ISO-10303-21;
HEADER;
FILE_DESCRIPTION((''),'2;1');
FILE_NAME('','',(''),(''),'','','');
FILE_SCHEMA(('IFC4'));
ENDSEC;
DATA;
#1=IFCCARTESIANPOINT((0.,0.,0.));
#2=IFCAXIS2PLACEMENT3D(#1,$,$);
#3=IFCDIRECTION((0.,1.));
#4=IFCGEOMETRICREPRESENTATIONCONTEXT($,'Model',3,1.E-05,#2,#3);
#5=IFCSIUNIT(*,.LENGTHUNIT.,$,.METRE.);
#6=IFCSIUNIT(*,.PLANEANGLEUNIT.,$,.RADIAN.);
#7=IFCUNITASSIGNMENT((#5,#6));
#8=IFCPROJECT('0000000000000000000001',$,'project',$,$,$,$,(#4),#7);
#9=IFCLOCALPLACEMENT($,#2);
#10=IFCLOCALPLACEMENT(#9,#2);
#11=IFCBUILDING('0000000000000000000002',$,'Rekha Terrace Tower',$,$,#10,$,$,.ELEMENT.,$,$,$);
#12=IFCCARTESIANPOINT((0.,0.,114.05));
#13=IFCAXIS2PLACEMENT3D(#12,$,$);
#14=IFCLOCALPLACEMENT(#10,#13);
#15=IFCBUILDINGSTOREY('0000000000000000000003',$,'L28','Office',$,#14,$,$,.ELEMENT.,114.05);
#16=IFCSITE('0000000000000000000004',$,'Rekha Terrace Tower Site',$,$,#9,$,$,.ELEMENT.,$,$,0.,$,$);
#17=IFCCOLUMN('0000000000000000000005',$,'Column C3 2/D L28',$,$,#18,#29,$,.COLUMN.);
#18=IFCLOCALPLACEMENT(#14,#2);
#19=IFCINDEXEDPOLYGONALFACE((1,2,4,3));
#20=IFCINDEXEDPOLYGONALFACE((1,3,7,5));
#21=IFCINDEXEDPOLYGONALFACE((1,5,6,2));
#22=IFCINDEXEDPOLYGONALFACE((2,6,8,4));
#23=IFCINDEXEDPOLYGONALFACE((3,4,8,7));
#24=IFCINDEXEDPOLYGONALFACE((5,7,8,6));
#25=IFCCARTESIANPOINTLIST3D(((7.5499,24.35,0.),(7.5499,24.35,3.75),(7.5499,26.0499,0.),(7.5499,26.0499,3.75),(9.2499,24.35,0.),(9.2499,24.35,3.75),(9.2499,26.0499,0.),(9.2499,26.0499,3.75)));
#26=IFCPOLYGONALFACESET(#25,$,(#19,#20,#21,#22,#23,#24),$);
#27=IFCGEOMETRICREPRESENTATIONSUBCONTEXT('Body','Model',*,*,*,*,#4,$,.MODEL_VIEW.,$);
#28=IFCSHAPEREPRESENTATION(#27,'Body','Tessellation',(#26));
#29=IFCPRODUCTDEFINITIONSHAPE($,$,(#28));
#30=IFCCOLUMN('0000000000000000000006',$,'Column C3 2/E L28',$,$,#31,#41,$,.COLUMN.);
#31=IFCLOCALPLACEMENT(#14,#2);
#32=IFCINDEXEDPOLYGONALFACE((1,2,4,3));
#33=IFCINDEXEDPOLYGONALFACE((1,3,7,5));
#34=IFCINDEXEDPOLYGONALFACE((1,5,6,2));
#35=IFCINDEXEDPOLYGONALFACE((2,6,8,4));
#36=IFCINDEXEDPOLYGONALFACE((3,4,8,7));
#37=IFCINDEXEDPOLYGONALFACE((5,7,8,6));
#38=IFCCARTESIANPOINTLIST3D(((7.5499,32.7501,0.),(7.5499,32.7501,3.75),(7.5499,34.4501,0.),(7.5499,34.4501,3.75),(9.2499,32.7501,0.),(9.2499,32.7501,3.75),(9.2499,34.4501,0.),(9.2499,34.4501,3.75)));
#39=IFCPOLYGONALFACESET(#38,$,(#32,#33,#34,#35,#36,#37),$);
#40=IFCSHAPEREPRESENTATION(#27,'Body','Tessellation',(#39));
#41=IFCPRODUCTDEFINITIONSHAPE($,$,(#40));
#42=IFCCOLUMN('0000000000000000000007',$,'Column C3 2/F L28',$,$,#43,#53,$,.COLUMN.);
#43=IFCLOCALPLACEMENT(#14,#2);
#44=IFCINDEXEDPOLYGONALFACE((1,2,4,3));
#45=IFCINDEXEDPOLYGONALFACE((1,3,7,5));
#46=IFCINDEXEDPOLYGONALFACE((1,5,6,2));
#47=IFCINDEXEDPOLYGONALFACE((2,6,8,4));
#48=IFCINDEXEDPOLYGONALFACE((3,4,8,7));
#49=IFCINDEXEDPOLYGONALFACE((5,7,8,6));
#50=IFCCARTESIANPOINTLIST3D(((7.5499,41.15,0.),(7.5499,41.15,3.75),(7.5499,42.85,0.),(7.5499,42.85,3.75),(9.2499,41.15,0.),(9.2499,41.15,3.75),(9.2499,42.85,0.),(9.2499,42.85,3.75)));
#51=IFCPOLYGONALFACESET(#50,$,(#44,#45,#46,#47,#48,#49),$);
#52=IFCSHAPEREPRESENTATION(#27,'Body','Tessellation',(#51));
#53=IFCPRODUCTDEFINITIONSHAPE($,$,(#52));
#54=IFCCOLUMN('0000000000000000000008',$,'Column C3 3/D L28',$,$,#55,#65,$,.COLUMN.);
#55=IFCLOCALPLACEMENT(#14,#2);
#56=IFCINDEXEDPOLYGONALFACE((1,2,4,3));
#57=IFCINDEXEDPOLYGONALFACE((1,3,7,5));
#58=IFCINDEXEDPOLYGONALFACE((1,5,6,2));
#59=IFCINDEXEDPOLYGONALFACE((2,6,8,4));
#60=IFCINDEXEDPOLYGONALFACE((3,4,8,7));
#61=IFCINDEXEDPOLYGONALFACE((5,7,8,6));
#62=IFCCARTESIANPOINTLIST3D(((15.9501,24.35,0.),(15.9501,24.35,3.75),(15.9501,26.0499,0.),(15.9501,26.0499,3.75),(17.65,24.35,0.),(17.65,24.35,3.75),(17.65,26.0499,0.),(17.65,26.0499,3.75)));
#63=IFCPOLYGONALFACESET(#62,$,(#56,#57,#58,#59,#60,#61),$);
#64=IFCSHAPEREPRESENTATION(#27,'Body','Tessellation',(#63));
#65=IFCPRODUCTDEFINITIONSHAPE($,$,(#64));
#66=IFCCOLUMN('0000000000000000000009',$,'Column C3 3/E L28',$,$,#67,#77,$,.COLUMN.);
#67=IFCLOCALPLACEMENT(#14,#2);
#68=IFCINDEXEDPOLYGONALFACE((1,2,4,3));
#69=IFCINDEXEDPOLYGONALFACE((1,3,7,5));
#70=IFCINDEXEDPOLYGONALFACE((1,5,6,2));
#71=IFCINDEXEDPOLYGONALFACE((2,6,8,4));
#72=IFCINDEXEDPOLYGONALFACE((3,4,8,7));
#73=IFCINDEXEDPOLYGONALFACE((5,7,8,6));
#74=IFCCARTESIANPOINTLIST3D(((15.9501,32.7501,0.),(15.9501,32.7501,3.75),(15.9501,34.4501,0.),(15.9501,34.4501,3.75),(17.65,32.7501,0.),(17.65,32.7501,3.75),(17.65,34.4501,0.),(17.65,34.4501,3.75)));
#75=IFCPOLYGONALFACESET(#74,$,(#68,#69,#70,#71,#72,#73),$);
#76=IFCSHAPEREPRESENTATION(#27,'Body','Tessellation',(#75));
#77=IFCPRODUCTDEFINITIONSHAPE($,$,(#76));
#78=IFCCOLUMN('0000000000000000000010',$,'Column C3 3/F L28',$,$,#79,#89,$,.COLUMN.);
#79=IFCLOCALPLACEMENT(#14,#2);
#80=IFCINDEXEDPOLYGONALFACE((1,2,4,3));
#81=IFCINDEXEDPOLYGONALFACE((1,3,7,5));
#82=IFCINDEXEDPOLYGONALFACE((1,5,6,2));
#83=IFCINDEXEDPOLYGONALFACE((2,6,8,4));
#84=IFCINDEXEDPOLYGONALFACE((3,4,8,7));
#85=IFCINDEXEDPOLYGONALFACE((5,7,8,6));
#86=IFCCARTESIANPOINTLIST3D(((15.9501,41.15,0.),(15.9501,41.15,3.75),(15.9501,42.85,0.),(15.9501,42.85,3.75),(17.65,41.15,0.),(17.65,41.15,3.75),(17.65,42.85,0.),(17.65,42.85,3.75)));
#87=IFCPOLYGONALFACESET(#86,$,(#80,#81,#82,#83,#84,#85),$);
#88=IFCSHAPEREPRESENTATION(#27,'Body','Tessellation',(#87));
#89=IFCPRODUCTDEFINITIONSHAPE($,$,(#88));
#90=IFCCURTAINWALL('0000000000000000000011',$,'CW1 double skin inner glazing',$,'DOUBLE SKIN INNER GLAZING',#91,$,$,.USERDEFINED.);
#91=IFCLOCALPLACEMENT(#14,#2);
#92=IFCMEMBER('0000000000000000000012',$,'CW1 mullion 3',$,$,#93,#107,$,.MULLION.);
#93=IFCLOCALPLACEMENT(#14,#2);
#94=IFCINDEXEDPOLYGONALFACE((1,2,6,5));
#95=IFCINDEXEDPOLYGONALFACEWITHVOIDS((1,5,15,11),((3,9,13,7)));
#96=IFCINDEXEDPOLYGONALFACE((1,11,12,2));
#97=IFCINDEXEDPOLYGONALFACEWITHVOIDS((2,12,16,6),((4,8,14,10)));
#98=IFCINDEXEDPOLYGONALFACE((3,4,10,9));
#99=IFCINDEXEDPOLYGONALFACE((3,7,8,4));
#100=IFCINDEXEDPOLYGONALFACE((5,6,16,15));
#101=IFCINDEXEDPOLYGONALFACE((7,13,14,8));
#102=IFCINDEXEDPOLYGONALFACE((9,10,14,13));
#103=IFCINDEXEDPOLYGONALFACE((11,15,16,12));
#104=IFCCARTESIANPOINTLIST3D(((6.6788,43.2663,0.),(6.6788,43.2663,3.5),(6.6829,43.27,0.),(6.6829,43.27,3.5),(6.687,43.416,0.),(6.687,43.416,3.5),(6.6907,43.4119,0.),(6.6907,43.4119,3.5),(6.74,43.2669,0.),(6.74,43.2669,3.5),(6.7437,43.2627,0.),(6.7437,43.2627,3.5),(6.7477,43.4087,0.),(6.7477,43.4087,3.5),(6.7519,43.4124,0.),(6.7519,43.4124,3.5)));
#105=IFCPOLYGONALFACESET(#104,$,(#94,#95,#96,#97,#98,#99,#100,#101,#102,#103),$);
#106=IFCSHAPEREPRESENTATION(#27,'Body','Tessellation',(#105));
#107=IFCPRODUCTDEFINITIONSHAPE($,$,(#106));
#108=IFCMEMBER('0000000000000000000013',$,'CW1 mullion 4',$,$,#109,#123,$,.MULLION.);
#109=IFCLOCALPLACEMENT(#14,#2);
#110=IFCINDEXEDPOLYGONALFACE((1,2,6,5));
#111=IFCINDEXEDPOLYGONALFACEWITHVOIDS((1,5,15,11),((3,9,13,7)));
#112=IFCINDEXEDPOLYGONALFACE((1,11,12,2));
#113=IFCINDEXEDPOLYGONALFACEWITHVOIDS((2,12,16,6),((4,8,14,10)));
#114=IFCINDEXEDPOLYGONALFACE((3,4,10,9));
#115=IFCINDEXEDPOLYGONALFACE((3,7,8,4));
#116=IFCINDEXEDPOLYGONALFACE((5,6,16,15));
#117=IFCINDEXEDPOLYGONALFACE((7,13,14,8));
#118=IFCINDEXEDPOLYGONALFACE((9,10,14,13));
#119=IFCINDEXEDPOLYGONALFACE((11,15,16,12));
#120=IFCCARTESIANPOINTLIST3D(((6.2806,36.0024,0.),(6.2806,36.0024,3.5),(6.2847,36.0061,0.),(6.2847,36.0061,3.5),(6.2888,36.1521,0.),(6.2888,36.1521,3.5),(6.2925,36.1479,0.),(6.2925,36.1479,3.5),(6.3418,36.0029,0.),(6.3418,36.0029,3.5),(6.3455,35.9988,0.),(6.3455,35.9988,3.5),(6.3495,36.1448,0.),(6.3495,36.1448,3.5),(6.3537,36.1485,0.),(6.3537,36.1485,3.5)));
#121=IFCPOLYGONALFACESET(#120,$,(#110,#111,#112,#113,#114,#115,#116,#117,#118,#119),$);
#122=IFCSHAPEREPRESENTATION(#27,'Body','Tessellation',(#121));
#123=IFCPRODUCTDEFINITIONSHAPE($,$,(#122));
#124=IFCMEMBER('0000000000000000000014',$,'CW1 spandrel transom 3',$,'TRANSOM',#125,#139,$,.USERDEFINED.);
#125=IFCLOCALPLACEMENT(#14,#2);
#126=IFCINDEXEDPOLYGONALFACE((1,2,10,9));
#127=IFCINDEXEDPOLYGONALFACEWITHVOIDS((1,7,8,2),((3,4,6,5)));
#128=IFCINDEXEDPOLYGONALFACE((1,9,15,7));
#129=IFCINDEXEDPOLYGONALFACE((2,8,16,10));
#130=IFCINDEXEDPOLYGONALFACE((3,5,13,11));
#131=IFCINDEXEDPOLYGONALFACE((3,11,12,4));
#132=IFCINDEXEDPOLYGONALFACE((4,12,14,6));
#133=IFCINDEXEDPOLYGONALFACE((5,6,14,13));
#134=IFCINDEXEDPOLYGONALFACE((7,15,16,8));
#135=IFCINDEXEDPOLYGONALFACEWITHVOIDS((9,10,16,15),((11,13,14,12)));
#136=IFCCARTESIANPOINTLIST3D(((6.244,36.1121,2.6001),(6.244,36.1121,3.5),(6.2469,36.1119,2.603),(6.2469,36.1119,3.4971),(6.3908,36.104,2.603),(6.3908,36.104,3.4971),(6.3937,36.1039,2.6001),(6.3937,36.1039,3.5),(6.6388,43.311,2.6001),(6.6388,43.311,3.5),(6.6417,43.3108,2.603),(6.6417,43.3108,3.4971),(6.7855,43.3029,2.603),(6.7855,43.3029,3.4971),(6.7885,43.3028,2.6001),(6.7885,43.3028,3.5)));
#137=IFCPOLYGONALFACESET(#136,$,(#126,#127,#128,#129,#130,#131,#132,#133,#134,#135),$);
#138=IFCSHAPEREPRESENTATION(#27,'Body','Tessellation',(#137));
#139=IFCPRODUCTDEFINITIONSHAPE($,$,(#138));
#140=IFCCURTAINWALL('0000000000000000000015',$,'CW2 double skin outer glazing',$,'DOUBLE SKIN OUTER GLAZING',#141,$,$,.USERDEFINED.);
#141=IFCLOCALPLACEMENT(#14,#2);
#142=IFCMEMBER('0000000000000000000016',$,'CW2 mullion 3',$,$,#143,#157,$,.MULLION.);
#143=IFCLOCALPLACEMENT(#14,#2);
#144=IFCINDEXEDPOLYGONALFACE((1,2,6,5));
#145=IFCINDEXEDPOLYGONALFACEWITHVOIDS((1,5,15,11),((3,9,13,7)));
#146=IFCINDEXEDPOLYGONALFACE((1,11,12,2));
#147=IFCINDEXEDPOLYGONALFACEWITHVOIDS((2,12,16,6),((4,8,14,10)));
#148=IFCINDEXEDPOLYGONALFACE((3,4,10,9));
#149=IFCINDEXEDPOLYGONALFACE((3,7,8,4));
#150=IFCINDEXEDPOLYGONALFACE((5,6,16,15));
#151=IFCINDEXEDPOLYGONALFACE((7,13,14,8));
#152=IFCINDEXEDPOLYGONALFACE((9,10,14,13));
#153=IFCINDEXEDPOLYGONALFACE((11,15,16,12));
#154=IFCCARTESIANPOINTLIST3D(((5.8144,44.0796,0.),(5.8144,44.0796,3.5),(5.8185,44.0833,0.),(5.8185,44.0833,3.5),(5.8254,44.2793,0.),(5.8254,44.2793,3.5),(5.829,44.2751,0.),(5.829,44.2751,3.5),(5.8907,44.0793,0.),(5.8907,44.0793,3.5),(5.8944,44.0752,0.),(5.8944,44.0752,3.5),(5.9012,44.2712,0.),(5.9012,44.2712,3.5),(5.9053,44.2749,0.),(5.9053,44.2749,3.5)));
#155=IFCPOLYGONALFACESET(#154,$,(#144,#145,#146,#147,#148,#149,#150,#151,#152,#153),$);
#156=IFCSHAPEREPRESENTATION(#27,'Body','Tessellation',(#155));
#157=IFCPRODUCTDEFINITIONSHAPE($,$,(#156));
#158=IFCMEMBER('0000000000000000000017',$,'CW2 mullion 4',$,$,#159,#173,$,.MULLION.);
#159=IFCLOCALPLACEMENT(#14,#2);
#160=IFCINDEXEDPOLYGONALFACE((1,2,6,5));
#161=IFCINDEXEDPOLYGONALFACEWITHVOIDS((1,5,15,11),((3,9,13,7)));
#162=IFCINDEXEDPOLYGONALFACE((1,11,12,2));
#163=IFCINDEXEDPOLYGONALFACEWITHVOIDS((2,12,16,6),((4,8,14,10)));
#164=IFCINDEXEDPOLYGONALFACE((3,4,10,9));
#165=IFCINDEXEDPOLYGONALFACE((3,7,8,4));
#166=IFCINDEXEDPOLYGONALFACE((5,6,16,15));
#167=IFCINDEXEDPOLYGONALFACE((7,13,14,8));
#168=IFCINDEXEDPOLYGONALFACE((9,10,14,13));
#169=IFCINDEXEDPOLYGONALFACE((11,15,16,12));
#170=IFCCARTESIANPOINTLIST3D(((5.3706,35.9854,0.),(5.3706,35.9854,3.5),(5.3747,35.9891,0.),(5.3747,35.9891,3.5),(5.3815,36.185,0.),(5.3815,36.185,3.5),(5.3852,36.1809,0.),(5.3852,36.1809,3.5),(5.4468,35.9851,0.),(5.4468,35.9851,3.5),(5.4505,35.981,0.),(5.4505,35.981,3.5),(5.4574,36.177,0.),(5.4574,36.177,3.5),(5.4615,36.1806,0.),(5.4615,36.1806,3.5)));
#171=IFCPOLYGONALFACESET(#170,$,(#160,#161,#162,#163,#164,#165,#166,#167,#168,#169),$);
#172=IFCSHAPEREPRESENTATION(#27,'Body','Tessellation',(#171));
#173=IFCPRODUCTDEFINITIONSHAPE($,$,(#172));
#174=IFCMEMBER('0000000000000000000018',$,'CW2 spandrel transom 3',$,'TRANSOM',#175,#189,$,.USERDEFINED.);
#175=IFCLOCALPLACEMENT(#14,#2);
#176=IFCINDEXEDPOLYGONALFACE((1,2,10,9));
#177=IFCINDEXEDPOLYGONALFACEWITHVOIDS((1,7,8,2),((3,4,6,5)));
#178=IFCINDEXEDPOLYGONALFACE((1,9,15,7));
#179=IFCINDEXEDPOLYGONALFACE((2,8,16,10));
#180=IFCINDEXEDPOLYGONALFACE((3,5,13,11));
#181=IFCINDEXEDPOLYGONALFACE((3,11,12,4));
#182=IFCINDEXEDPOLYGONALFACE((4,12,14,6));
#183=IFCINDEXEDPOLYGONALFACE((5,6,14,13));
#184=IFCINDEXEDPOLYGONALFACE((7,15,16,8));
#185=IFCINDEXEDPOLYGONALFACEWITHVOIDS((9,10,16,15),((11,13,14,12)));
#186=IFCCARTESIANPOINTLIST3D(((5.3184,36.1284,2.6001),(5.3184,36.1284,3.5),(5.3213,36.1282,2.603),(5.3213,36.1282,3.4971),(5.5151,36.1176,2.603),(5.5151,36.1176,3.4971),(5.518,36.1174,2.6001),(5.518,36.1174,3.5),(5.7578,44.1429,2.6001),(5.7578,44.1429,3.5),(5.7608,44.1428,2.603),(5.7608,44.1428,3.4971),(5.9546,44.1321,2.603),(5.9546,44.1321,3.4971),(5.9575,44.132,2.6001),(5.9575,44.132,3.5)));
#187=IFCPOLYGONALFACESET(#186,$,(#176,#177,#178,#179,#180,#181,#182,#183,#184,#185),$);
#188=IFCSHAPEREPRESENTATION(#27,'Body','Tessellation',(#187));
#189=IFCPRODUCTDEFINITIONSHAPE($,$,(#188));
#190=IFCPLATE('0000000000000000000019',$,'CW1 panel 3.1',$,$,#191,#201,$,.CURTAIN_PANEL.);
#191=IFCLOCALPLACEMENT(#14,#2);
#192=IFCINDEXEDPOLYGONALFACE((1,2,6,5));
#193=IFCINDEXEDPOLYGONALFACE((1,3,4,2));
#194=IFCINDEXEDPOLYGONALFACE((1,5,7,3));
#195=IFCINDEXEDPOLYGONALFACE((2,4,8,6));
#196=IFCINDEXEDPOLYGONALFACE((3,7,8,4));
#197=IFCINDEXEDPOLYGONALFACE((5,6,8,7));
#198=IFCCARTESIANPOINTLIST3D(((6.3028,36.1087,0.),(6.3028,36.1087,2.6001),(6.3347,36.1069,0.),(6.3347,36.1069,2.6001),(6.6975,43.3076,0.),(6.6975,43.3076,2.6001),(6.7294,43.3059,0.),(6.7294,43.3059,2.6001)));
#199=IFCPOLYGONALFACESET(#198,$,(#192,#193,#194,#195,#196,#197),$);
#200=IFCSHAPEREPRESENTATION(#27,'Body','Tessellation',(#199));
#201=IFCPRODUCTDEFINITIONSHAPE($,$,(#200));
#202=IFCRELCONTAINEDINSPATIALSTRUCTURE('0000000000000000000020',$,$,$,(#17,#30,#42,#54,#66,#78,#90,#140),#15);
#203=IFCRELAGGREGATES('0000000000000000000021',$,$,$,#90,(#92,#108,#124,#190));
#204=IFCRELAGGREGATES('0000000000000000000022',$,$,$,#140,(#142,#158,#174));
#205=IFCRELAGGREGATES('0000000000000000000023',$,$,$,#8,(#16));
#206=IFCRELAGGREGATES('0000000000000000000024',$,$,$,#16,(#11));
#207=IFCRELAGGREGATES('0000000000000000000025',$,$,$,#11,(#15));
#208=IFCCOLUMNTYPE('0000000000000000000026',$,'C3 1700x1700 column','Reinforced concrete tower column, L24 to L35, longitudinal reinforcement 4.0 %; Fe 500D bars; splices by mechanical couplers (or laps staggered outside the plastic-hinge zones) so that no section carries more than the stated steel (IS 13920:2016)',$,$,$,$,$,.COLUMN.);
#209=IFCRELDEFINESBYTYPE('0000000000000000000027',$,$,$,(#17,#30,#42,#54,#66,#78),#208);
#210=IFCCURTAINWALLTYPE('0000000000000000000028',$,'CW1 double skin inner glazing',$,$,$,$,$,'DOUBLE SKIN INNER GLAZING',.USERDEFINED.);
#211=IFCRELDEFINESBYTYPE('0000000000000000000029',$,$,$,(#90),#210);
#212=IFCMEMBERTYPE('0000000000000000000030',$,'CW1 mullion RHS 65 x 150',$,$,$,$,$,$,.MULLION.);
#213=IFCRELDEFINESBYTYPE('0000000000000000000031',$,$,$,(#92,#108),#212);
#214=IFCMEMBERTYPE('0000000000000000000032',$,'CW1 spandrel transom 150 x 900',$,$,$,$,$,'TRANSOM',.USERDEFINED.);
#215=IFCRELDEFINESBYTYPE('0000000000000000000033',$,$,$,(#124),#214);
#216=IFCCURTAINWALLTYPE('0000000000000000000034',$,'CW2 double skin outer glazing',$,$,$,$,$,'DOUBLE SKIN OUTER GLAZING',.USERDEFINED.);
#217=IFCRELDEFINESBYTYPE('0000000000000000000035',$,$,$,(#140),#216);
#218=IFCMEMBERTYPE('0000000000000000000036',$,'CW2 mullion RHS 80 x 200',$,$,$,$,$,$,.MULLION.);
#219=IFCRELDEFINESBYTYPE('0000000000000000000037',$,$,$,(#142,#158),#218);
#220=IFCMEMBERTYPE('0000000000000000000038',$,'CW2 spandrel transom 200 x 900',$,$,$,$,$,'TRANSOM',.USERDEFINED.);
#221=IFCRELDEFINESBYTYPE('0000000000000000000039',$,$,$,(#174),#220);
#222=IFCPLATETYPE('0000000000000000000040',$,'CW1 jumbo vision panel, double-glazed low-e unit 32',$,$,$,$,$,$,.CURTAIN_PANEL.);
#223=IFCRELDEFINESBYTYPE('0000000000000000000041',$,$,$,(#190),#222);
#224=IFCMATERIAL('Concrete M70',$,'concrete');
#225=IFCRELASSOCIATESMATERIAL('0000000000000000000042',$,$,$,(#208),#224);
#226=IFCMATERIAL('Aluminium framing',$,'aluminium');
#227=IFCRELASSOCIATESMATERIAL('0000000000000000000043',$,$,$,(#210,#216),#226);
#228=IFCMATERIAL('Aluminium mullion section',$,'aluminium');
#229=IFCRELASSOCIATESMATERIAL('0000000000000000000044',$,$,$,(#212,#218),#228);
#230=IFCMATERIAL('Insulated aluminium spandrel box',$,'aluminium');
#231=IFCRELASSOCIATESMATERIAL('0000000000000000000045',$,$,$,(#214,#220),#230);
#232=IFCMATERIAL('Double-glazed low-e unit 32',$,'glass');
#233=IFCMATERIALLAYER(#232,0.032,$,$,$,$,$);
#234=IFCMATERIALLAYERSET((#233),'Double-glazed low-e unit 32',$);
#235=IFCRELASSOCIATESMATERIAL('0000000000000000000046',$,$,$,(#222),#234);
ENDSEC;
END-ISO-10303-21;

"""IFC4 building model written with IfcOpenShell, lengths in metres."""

from ifc_helpers import new_model, si_unit, direction, frame, origin, origin_2d, place, context, subcontext, project, spatial, rectangle, hollow_rectangle, extrude, material, layer, layer_set, material_profile, profile_set, type_object, element, aggregate, save


model = new_model("IFC4")

# Units and contexts
model_context = context("Model", 3, precision=1e-05, world=origin(), true_north=direction((0.0, 1.0)))
body_context = subcontext(model_context, "Body", "Model", "MODEL_VIEW")
ifc_project = project(units=[si_unit("LENGTHUNIT", "METRE"), si_unit("PLANEANGLEUNIT", "RADIAN")], contexts=[model_context])

# Site, building, storey
site_placement = place(None, origin())
site = spatial("IfcSite", under=ifc_project, at=site_placement, Name="Rekha Terrace Tower Site", CompositionType="ELEMENT", RefElevation=0.0)
building_placement = place(site_placement, origin())
building = spatial("IfcBuilding", under=site, at=building_placement, Name="Rekha Terrace Tower", CompositionType="ELEMENT")
storey_placement = place(building_placement, frame((0.0, 0.0, 114.05)))
storey = spatial("IfcBuildingStorey", under=building, at=storey_placement, Name="L28", Description="Office", CompositionType="ELEMENT", Elevation=114.05)

# Columns
ifc_material_1 = material(Name="Concrete M70", Category="concrete")
ifc_material_profile_1 = material_profile(ifc_material_1, rectangle(XDim=1.7, YDim=1.7, at=origin_2d()), Name="RC 1700x1700")
ifc_profile_set_1 = profile_set([ifc_material_profile_1], Name="Concrete M70")
column_type = type_object("IfcColumnType", Name="C3 1700x1700 column", Description="Reinforced concrete tower column, L24 to L35, longitudinal reinforcement 4.0 %; Fe 500D bars; splices by mechanical couplers (or laps staggered outside the plastic-hinge zones) so that no section carries more than the stated steel (IS 13920:2016)", PredefinedType="COLUMN", material=ifc_profile_set_1)
for number, where, z_axis, x_axis, name in (
    (1, (8.3999, 25.2, 0.0), (0.0, 0.0, 1.0), (1.0, 0.0, 0.0), "Column C3 2/D L28"),
    (2, (8.3999, 33.6001, 0.0), (0.0, 0.0, 1.0), (1.0, 0.0, 0.0), "Column C3 2/E L28"),
    (3, (8.3999, 42.0, 0.0), (0.0, 0.0, 1.0), (1.0, 0.0, 0.0), "Column C3 2/F L28"),
    (4, (16.8, 25.2, 0.0), (0.0, 0.0, 1.0), (1.0, 0.0, 0.0), "Column C3 3/D L28"),
    (5, (16.8, 33.6001, 0.0), (0.0, 0.0, 1.0), (1.0, 0.0, 0.0), "Column C3 3/E L28"),
    (6, (16.8, 42.0, 0.0), (0.0, 0.0, 1.0), (1.0, 0.0, 0.0), "Column C3 3/F L28"),
):
    element("IfcColumn", number, at=place(storey_placement, frame(where, z_axis=z_axis, x_axis=x_axis)), inside=storey, type_object=column_type, Name=name, PredefinedType="COLUMN", context=body_context, shape_type="SweptSolid", body=[
        extrude(rectangle(XDim=1.7, YDim=1.7, at=origin_2d()), origin(), (0.0, 0.0, 1.0), 3.75),
    ])

# Curtain walls, members
ifc_material_2 = material(Name="Aluminium framing", Category="aluminium")
curtain_wall_type_1 = type_object("IfcCurtainWallType", Name="CW1 double skin inner glazing", ElementType="DOUBLE SKIN INNER GLAZING", PredefinedType="USERDEFINED", material=ifc_material_2)
curtain_wall_1_placement = place(storey_placement, origin())
curtain_wall_1 = element("IfcCurtainWall", 7, at=curtain_wall_1_placement, inside=storey, type_object=curtain_wall_type_1, Name="CW1 double skin inner glazing", ObjectType="DOUBLE SKIN INNER GLAZING", PredefinedType="USERDEFINED")
ifc_material_3 = material(Name="Aluminium mullion section", Category="aluminium")
ifc_material_profile_2 = material_profile(ifc_material_3, hollow_rectangle(XDim=0.0649, YDim=0.1499, WallThickness=0.0039, at=origin_2d()), Name="AL RHS 65x150")
ifc_profile_set_2 = profile_set([ifc_material_profile_2], Name="Aluminium mullion section")
member_type_1 = type_object("IfcMemberType", Name="CW1 mullion RHS 65 x 150", PredefinedType="MULLION", material=ifc_profile_set_2)
member_1_placement = place(storey_placement, frame((6.7153, 43.3394, 0.0), z_axis=(0.0, 0.0, 1.0), x_axis=(0.998501, -0.054742, 0.0)))
member_1 = element("IfcMember", 8, at=member_1_placement, type_object=member_type_1, Name="CW1 mullion 3", PredefinedType="MULLION", context=body_context, shape_type="SweptSolid", body=[
    extrude(hollow_rectangle(XDim=0.0649, YDim=0.1499, WallThickness=0.0039, at=origin_2d()), origin(), (0.0, 0.0, 1.0), 3.5),
])
member_2_placement = place(storey_placement, frame((6.3171, 36.0754, 0.0), z_axis=(0.0, 0.0, 1.0), x_axis=(0.998501, -0.054742, 0.0)))
member_2 = element("IfcMember", 9, at=member_2_placement, type_object=member_type_1, Name="CW1 mullion 4", PredefinedType="MULLION", context=body_context, shape_type="SweptSolid", body=[
    extrude(hollow_rectangle(XDim=0.0649, YDim=0.1499, WallThickness=0.0039, at=origin_2d()), origin(), (0.0, 0.0, 1.0), 3.5),
])
ifc_material_4 = material(Name="Insulated aluminium spandrel box", Category="aluminium")
ifc_material_profile_3 = material_profile(ifc_material_4, hollow_rectangle(XDim=0.1499, YDim=0.8999, WallThickness=0.0029, at=origin_2d()), Name="AL SPANDREL BOX 150x900")
ifc_profile_set_3 = profile_set([ifc_material_profile_3], Name="Insulated aluminium spandrel box")
member_type_2 = type_object("IfcMemberType", Name="CW1 spandrel transom 150 x 900", ElementType="TRANSOM", PredefinedType="USERDEFINED", material=ifc_profile_set_3)
member_3_placement = place(storey_placement, frame((6.7136, 43.3069, 3.05), z_axis=(-0.054755, -0.9985, 0.0), x_axis=(0.9985, -0.054755, 0.0)))
member_3 = element("IfcMember", 10, at=member_3_placement, type_object=member_type_2, Name="CW1 spandrel transom 3", ObjectType="TRANSOM", PredefinedType="USERDEFINED", context=body_context, shape_type="SweptSolid", body=[
    extrude(hollow_rectangle(XDim=0.1499, YDim=0.8999, WallThickness=0.0029, at=origin_2d()), origin(), (0.0, 0.0, 1.0), 7.2097),
])
curtain_wall_type_2 = type_object("IfcCurtainWallType", Name="CW2 double skin outer glazing", ElementType="DOUBLE SKIN OUTER GLAZING", PredefinedType="USERDEFINED", material=ifc_material_2)
curtain_wall_2_placement = place(storey_placement, origin())
curtain_wall_2 = element("IfcCurtainWall", 11, at=curtain_wall_2_placement, inside=storey, type_object=curtain_wall_type_2, Name="CW2 double skin outer glazing", ObjectType="DOUBLE SKIN OUTER GLAZING", PredefinedType="USERDEFINED")
ifc_material_profile_4 = material_profile(ifc_material_3, hollow_rectangle(XDim=0.0801, YDim=0.2, WallThickness=0.0039, at=origin_2d()), Name="AL RHS 80x200")
ifc_profile_set_4 = profile_set([ifc_material_profile_4], Name="Aluminium mullion section")
member_type_3 = type_object("IfcMemberType", Name="CW2 mullion RHS 80 x 200", PredefinedType="MULLION", material=ifc_profile_set_4)
member_4_placement = place(storey_placement, frame((5.8599, 44.1772, 0.0), z_axis=(0.0, 0.0, 1.0), x_axis=(0.998501, -0.054742, 0.0)))
member_4 = element("IfcMember", 12, at=member_4_placement, type_object=member_type_3, Name="CW2 mullion 3", PredefinedType="MULLION", context=body_context, shape_type="SweptSolid", body=[
    extrude(hollow_rectangle(XDim=0.0801, YDim=0.2, WallThickness=0.0039, at=origin_2d()), origin(), (0.0, 0.0, 1.0), 3.5),
])
member_5_placement = place(storey_placement, frame((5.416, 36.083, 0.0), z_axis=(0.0, 0.0, 1.0), x_axis=(0.998501, -0.054742, 0.0)))
member_5 = element("IfcMember", 13, at=member_5_placement, type_object=member_type_3, Name="CW2 mullion 4", PredefinedType="MULLION", context=body_context, shape_type="SweptSolid", body=[
    extrude(hollow_rectangle(XDim=0.0801, YDim=0.2, WallThickness=0.0039, at=origin_2d()), origin(), (0.0, 0.0, 1.0), 3.5),
])
ifc_material_profile_5 = material_profile(ifc_material_4, hollow_rectangle(XDim=0.2, YDim=0.8999, WallThickness=0.0029, at=origin_2d()), Name="AL SPANDREL BOX 200x900")
ifc_profile_set_5 = profile_set([ifc_material_profile_5], Name="Insulated aluminium spandrel box")
member_type_4 = type_object("IfcMemberType", Name="CW2 spandrel transom 200 x 900", ElementType="TRANSOM", PredefinedType="USERDEFINED", material=ifc_profile_set_5)
member_6_placement = place(storey_placement, frame((5.8577, 44.1375, 3.05), z_axis=(-0.054749, -0.9985, 0.0), x_axis=(0.9985, -0.054749, 0.0)))
member_6 = element("IfcMember", 14, at=member_6_placement, type_object=member_type_4, Name="CW2 spandrel transom 3", ObjectType="TRANSOM", PredefinedType="USERDEFINED", context=body_context, shape_type="SweptSolid", body=[
    extrude(hollow_rectangle(XDim=0.2, YDim=0.8999, WallThickness=0.0029, at=origin_2d()), origin(), (0.0, 0.0, 1.0), 8.0266),
])

# Plate
ifc_material_5 = material(Name="Double-glazed low-e unit 32", Category="glass")
ifc_layer_1 = layer(ifc_material_5, 0.032)
ifc_layer_set_1 = layer_set([ifc_layer_1], Name="Double-glazed low-e unit 32")
plate_type_1 = type_object("IfcPlateType", Name="CW1 jumbo vision panel, double-glazed low-e unit 32", PredefinedType="CURTAIN_PANEL", material=ifc_layer_set_1)
plate_1_placement = place(storey_placement, frame((6.5161, 39.7073, 0.0), z_axis=(0.0, 0.0, 1.0), x_axis=(-0.054742, -0.998501, 0.0)))
plate_1 = element("IfcPlate", 15, at=plate_1_placement, type_object=plate_type_1, Name="CW1 panel 3.1", PredefinedType="CURTAIN_PANEL", context=body_context, shape_type="SweptSolid", body=[
    extrude(rectangle(XDim=7.2097, YDim=0.032, at=origin_2d()), origin(), (0.0, 0.0, 1.0), 2.6001),
])
aggregate(curtain_wall_1, [member_1, member_2, member_3, plate_1])
aggregate(curtain_wall_2, [member_4, member_5, member_6])

save(model, "model.ifc")
